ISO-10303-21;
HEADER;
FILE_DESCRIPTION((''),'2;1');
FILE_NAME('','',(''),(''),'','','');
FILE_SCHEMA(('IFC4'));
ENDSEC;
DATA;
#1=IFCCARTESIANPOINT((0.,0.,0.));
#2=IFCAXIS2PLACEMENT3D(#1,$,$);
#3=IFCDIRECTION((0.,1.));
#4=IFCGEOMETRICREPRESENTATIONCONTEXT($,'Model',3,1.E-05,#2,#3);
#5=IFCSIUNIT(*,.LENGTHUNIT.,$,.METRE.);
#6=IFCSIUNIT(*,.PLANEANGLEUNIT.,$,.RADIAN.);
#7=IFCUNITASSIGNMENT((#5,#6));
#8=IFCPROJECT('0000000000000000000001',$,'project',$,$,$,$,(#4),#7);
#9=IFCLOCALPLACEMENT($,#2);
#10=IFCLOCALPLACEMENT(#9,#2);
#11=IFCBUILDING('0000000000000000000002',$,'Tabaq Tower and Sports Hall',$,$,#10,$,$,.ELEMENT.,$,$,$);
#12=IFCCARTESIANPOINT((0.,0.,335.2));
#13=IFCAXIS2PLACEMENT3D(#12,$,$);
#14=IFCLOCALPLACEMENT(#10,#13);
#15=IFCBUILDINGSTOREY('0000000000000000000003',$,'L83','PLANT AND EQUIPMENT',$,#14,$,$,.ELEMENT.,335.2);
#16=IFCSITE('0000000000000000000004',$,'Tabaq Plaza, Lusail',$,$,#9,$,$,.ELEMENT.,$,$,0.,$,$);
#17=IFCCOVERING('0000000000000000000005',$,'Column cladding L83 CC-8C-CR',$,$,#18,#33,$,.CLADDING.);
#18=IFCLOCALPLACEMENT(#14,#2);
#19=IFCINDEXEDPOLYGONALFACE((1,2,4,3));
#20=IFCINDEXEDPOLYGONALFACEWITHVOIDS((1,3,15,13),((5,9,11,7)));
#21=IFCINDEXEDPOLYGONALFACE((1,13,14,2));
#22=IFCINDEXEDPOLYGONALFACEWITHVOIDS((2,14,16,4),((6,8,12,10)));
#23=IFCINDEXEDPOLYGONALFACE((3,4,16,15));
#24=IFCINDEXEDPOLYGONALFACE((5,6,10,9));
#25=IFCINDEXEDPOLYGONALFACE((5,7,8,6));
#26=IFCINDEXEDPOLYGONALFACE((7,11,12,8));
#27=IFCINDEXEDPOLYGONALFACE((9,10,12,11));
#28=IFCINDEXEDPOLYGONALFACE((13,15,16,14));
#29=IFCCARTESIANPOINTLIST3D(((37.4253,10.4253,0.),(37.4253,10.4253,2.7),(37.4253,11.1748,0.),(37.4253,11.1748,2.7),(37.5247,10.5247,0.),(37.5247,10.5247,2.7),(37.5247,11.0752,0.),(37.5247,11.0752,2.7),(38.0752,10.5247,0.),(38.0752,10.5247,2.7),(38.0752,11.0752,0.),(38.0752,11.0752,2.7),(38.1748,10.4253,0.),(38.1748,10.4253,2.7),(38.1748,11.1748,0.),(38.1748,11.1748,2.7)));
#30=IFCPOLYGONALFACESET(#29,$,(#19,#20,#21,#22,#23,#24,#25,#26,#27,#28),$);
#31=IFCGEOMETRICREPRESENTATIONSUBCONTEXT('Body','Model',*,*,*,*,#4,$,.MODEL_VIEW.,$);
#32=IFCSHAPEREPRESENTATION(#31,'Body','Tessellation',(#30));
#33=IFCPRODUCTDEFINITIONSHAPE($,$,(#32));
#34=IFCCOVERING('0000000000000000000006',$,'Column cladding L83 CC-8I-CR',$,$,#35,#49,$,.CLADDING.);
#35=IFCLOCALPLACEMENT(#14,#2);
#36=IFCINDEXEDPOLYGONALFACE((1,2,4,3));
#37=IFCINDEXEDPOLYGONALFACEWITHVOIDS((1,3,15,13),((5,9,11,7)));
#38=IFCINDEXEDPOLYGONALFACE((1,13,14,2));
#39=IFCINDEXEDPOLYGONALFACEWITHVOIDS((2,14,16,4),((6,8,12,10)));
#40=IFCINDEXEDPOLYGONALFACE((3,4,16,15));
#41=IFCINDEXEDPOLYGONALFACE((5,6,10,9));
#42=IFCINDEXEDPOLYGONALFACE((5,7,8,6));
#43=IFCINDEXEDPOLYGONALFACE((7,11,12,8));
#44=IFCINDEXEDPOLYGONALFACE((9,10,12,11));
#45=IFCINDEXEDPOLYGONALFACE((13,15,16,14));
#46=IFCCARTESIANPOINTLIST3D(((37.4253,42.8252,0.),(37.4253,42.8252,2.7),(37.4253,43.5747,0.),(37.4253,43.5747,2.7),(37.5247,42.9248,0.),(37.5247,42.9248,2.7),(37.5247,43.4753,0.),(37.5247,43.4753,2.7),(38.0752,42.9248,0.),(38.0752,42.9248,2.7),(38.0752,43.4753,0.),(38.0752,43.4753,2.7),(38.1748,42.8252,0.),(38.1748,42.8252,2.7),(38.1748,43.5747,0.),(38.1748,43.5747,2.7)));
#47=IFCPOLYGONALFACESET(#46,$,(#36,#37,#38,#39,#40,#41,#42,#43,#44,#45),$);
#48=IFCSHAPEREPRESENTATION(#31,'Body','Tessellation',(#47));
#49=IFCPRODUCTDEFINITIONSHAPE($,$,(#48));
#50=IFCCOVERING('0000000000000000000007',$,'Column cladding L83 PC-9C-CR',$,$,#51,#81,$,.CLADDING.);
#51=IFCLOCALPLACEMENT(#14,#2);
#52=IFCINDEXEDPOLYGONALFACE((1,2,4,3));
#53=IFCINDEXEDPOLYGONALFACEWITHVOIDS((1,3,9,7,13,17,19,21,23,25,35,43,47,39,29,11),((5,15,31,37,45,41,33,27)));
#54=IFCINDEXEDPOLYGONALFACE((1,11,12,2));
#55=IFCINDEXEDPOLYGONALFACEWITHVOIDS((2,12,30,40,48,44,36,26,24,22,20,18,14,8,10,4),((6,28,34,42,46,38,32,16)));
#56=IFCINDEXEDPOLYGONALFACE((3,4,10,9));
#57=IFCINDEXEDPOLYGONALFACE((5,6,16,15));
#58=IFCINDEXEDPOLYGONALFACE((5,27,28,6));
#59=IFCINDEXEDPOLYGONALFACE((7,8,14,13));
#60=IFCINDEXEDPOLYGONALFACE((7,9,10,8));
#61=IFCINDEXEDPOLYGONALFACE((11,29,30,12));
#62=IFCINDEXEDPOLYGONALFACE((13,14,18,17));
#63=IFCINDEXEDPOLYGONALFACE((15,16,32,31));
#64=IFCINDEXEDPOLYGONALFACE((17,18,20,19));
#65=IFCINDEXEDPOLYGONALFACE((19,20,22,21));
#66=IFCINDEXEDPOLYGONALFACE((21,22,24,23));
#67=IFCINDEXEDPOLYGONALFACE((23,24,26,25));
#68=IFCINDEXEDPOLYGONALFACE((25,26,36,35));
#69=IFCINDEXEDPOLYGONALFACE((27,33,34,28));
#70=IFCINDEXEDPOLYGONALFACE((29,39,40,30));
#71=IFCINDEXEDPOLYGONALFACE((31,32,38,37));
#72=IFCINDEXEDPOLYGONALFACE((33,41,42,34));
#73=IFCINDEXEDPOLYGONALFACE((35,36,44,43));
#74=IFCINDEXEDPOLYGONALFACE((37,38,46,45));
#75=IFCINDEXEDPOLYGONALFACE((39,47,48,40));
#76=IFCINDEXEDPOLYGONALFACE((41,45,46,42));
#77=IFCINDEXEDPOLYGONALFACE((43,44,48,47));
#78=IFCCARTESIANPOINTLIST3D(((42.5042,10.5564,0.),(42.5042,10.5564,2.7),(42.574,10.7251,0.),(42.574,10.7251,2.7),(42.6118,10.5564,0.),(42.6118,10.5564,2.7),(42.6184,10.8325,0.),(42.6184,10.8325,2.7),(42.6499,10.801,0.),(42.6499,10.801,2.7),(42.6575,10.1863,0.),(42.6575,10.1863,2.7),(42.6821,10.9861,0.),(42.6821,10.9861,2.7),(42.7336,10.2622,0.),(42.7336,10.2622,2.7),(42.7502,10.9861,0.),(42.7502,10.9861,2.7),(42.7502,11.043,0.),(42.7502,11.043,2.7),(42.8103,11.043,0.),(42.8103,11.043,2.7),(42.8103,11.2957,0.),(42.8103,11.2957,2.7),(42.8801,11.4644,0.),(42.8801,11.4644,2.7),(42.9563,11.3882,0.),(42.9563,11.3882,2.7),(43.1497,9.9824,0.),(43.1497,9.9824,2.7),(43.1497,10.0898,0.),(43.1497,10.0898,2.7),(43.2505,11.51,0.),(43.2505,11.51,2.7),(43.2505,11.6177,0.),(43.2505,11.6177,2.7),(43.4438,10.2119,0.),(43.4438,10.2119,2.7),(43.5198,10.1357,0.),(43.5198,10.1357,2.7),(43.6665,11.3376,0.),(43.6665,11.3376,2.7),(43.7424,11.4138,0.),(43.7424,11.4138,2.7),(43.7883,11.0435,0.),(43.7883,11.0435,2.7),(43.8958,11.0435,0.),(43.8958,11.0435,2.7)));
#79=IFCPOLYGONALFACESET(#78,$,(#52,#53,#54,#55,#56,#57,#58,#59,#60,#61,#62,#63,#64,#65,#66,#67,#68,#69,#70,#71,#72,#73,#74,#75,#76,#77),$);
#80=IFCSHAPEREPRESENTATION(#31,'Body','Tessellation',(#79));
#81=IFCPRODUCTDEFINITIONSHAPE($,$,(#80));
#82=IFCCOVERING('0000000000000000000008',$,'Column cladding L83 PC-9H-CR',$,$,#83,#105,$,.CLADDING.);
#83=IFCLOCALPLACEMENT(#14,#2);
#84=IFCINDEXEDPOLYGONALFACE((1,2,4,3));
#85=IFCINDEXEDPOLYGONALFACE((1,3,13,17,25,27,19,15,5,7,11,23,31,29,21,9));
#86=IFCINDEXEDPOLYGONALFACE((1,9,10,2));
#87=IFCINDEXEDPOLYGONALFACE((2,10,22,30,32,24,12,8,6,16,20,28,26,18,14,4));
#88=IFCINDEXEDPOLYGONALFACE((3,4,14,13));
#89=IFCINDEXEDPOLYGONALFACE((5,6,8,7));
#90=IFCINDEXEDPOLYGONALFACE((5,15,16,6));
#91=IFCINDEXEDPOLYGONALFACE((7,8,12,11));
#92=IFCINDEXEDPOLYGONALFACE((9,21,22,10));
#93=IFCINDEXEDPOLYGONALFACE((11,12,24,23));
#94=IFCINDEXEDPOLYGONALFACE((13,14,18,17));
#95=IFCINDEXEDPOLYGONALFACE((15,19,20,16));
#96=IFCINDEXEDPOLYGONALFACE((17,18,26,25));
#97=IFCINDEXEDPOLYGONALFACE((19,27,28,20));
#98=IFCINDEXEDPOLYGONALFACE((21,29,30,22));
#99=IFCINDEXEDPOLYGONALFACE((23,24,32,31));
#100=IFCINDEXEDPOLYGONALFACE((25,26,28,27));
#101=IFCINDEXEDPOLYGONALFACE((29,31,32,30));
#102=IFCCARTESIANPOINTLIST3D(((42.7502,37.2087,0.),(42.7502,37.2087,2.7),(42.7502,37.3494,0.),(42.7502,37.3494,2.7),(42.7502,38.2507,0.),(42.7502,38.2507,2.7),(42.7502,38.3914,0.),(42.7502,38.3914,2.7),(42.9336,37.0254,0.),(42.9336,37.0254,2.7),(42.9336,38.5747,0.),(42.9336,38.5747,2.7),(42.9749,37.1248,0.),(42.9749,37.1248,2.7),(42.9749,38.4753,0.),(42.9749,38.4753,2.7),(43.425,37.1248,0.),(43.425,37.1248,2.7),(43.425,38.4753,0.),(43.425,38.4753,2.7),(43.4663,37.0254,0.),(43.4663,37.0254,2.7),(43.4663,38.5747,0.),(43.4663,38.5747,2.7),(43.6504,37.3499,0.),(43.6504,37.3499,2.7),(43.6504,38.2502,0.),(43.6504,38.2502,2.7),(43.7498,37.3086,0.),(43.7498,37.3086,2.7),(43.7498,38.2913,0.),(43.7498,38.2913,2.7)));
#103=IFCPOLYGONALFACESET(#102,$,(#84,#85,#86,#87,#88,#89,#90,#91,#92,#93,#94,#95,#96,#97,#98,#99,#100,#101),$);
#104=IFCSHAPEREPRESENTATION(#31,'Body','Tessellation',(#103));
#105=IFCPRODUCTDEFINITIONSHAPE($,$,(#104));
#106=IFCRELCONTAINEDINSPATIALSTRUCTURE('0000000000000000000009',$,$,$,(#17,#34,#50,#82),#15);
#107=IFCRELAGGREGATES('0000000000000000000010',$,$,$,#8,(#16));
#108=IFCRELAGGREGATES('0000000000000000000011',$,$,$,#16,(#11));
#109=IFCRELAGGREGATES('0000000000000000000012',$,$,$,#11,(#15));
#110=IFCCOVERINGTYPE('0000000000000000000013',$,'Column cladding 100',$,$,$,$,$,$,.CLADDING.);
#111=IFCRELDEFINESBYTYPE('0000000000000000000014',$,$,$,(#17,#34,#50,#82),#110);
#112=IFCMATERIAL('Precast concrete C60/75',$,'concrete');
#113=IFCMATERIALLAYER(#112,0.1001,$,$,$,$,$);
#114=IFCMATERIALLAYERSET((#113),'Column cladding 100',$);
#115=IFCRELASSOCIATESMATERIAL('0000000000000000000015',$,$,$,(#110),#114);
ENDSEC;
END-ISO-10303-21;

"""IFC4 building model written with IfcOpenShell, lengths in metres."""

from ifc_helpers import new_model, si_unit, direction, frame, origin, place, context, subcontext, project, spatial, polyline, outline, extrude, material, layer, layer_set, type_object, element, save


model = new_model("IFC4")

# Units and contexts
model_context = context("Model", 3, precision=1e-05, world=origin(), true_north=direction((0.0, 1.0)))
body_context = subcontext(model_context, "Body", "Model", "MODEL_VIEW")
ifc_project = project(units=[si_unit("LENGTHUNIT", "METRE"), si_unit("PLANEANGLEUNIT", "RADIAN")], contexts=[model_context])

# Site, building, storey
site_placement = place(None, origin())
site = spatial("IfcSite", under=ifc_project, at=site_placement, Name="Tabaq Plaza, Lusail", CompositionType="ELEMENT", RefElevation=0.0)
building_placement = place(site_placement, origin())
building = spatial("IfcBuilding", under=site, at=building_placement, Name="Tabaq Tower and Sports Hall", CompositionType="ELEMENT")
storey_placement = place(building_placement, frame((0.0, 0.0, 335.2)))
storey = spatial("IfcBuildingStorey", under=building, at=storey_placement, Name="L83", Description="PLANT AND EQUIPMENT", CompositionType="ELEMENT", Elevation=335.2)

# Coverings
ifc_material_1 = material(Name="Precast concrete C60/75", Category="concrete")
ifc_layer_1 = layer(ifc_material_1, 0.1001)
ifc_layer_set_1 = layer_set([ifc_layer_1], Name="Column cladding 100")
covering_type = type_object("IfcCoveringType", Name="Column cladding 100", PredefinedType="CLADDING", material=ifc_layer_set_1)
covering_1_placement = place(storey_placement, origin())
element("IfcCovering", 1, at=covering_1_placement, inside=storey, type_object=covering_type, Name="Column cladding L83 CC-8C-CR", PredefinedType="CLADDING", context=body_context, shape_type="SweptSolid", body=[
    extrude(outline(polyline([(37.4253, 11.1748), (38.1748, 11.1748), (38.1748, 10.4253), (37.4253, 10.4253), (37.4253, 11.1748)]), holes=[polyline([(38.0752, 10.5247), (38.0752, 11.0752), (37.5247, 11.0752), (37.5247, 10.5247), (38.0752, 10.5247)])]), origin(), (0.0, 0.0, 1.0), 2.7),
])
covering_2_placement = place(storey_placement, origin())
element("IfcCovering", 2, at=covering_2_placement, inside=storey, type_object=covering_type, Name="Column cladding L83 CC-8I-CR", PredefinedType="CLADDING", context=body_context, shape_type="SweptSolid", body=[
    extrude(outline(polyline([(37.4253, 43.5747), (38.1748, 43.5747), (38.1748, 42.8252), (37.4253, 42.8252), (37.4253, 43.5747)]), holes=[polyline([(38.0752, 42.9248), (38.0752, 43.4753), (37.5247, 43.4753), (37.5247, 42.9248), (38.0752, 42.9248)])]), origin(), (0.0, 0.0, 1.0), 2.7),
])
covering_3_placement = place(storey_placement, origin())
element("IfcCovering", 3, at=covering_3_placement, inside=storey, type_object=covering_type, Name="Column cladding L83 PC-9C-CR", PredefinedType="CLADDING", context=body_context, shape_type="SweptSolid", body=[
    extrude(outline(polyline([(42.6575, 10.1863), (42.5042, 10.5564), (42.574, 10.7251), (42.6499, 10.801), (42.6184, 10.8325), (42.6821, 10.9861), (42.7502, 10.9861), (42.7502, 11.043), (42.8103, 11.043), (42.8103, 11.2957), (42.8801, 11.4644), (43.2505, 11.6177), (43.7424, 11.4138), (43.8958, 11.0435), (43.5198, 10.1357), (43.1497, 9.9824), (42.6575, 10.1863)]), holes=[polyline([(43.6665, 11.3376), (43.2505, 11.51), (42.9563, 11.3882), (42.6118, 10.5564), (42.7336, 10.2622), (43.1497, 10.0898), (43.4438, 10.2119), (43.7883, 11.0435), (43.6665, 11.3376)])]), origin(), (0.0, 0.0, 1.0), 2.7),
])
covering_4_placement = place(storey_placement, origin())
element("IfcCovering", 4, at=covering_4_placement, inside=storey, type_object=covering_type, Name="Column cladding L83 PC-9H-CR", PredefinedType="CLADDING", context=body_context, shape_type="SweptSolid", body=[
    extrude(outline(polyline([(42.9336, 37.0254), (42.7502, 37.2087), (42.7502, 37.3494), (42.9749, 37.1248), (43.425, 37.1248), (43.6504, 37.3499), (43.6504, 38.2502), (43.425, 38.4753), (42.9749, 38.4753), (42.7502, 38.2507), (42.7502, 38.3914), (42.9336, 38.5747), (43.4663, 38.5747), (43.7498, 38.2913), (43.7498, 37.3086), (43.4663, 37.0254), (42.9336, 37.0254)])), origin(), (0.0, 0.0, 1.0), 2.7),
])

save(model, "model.ifc")
